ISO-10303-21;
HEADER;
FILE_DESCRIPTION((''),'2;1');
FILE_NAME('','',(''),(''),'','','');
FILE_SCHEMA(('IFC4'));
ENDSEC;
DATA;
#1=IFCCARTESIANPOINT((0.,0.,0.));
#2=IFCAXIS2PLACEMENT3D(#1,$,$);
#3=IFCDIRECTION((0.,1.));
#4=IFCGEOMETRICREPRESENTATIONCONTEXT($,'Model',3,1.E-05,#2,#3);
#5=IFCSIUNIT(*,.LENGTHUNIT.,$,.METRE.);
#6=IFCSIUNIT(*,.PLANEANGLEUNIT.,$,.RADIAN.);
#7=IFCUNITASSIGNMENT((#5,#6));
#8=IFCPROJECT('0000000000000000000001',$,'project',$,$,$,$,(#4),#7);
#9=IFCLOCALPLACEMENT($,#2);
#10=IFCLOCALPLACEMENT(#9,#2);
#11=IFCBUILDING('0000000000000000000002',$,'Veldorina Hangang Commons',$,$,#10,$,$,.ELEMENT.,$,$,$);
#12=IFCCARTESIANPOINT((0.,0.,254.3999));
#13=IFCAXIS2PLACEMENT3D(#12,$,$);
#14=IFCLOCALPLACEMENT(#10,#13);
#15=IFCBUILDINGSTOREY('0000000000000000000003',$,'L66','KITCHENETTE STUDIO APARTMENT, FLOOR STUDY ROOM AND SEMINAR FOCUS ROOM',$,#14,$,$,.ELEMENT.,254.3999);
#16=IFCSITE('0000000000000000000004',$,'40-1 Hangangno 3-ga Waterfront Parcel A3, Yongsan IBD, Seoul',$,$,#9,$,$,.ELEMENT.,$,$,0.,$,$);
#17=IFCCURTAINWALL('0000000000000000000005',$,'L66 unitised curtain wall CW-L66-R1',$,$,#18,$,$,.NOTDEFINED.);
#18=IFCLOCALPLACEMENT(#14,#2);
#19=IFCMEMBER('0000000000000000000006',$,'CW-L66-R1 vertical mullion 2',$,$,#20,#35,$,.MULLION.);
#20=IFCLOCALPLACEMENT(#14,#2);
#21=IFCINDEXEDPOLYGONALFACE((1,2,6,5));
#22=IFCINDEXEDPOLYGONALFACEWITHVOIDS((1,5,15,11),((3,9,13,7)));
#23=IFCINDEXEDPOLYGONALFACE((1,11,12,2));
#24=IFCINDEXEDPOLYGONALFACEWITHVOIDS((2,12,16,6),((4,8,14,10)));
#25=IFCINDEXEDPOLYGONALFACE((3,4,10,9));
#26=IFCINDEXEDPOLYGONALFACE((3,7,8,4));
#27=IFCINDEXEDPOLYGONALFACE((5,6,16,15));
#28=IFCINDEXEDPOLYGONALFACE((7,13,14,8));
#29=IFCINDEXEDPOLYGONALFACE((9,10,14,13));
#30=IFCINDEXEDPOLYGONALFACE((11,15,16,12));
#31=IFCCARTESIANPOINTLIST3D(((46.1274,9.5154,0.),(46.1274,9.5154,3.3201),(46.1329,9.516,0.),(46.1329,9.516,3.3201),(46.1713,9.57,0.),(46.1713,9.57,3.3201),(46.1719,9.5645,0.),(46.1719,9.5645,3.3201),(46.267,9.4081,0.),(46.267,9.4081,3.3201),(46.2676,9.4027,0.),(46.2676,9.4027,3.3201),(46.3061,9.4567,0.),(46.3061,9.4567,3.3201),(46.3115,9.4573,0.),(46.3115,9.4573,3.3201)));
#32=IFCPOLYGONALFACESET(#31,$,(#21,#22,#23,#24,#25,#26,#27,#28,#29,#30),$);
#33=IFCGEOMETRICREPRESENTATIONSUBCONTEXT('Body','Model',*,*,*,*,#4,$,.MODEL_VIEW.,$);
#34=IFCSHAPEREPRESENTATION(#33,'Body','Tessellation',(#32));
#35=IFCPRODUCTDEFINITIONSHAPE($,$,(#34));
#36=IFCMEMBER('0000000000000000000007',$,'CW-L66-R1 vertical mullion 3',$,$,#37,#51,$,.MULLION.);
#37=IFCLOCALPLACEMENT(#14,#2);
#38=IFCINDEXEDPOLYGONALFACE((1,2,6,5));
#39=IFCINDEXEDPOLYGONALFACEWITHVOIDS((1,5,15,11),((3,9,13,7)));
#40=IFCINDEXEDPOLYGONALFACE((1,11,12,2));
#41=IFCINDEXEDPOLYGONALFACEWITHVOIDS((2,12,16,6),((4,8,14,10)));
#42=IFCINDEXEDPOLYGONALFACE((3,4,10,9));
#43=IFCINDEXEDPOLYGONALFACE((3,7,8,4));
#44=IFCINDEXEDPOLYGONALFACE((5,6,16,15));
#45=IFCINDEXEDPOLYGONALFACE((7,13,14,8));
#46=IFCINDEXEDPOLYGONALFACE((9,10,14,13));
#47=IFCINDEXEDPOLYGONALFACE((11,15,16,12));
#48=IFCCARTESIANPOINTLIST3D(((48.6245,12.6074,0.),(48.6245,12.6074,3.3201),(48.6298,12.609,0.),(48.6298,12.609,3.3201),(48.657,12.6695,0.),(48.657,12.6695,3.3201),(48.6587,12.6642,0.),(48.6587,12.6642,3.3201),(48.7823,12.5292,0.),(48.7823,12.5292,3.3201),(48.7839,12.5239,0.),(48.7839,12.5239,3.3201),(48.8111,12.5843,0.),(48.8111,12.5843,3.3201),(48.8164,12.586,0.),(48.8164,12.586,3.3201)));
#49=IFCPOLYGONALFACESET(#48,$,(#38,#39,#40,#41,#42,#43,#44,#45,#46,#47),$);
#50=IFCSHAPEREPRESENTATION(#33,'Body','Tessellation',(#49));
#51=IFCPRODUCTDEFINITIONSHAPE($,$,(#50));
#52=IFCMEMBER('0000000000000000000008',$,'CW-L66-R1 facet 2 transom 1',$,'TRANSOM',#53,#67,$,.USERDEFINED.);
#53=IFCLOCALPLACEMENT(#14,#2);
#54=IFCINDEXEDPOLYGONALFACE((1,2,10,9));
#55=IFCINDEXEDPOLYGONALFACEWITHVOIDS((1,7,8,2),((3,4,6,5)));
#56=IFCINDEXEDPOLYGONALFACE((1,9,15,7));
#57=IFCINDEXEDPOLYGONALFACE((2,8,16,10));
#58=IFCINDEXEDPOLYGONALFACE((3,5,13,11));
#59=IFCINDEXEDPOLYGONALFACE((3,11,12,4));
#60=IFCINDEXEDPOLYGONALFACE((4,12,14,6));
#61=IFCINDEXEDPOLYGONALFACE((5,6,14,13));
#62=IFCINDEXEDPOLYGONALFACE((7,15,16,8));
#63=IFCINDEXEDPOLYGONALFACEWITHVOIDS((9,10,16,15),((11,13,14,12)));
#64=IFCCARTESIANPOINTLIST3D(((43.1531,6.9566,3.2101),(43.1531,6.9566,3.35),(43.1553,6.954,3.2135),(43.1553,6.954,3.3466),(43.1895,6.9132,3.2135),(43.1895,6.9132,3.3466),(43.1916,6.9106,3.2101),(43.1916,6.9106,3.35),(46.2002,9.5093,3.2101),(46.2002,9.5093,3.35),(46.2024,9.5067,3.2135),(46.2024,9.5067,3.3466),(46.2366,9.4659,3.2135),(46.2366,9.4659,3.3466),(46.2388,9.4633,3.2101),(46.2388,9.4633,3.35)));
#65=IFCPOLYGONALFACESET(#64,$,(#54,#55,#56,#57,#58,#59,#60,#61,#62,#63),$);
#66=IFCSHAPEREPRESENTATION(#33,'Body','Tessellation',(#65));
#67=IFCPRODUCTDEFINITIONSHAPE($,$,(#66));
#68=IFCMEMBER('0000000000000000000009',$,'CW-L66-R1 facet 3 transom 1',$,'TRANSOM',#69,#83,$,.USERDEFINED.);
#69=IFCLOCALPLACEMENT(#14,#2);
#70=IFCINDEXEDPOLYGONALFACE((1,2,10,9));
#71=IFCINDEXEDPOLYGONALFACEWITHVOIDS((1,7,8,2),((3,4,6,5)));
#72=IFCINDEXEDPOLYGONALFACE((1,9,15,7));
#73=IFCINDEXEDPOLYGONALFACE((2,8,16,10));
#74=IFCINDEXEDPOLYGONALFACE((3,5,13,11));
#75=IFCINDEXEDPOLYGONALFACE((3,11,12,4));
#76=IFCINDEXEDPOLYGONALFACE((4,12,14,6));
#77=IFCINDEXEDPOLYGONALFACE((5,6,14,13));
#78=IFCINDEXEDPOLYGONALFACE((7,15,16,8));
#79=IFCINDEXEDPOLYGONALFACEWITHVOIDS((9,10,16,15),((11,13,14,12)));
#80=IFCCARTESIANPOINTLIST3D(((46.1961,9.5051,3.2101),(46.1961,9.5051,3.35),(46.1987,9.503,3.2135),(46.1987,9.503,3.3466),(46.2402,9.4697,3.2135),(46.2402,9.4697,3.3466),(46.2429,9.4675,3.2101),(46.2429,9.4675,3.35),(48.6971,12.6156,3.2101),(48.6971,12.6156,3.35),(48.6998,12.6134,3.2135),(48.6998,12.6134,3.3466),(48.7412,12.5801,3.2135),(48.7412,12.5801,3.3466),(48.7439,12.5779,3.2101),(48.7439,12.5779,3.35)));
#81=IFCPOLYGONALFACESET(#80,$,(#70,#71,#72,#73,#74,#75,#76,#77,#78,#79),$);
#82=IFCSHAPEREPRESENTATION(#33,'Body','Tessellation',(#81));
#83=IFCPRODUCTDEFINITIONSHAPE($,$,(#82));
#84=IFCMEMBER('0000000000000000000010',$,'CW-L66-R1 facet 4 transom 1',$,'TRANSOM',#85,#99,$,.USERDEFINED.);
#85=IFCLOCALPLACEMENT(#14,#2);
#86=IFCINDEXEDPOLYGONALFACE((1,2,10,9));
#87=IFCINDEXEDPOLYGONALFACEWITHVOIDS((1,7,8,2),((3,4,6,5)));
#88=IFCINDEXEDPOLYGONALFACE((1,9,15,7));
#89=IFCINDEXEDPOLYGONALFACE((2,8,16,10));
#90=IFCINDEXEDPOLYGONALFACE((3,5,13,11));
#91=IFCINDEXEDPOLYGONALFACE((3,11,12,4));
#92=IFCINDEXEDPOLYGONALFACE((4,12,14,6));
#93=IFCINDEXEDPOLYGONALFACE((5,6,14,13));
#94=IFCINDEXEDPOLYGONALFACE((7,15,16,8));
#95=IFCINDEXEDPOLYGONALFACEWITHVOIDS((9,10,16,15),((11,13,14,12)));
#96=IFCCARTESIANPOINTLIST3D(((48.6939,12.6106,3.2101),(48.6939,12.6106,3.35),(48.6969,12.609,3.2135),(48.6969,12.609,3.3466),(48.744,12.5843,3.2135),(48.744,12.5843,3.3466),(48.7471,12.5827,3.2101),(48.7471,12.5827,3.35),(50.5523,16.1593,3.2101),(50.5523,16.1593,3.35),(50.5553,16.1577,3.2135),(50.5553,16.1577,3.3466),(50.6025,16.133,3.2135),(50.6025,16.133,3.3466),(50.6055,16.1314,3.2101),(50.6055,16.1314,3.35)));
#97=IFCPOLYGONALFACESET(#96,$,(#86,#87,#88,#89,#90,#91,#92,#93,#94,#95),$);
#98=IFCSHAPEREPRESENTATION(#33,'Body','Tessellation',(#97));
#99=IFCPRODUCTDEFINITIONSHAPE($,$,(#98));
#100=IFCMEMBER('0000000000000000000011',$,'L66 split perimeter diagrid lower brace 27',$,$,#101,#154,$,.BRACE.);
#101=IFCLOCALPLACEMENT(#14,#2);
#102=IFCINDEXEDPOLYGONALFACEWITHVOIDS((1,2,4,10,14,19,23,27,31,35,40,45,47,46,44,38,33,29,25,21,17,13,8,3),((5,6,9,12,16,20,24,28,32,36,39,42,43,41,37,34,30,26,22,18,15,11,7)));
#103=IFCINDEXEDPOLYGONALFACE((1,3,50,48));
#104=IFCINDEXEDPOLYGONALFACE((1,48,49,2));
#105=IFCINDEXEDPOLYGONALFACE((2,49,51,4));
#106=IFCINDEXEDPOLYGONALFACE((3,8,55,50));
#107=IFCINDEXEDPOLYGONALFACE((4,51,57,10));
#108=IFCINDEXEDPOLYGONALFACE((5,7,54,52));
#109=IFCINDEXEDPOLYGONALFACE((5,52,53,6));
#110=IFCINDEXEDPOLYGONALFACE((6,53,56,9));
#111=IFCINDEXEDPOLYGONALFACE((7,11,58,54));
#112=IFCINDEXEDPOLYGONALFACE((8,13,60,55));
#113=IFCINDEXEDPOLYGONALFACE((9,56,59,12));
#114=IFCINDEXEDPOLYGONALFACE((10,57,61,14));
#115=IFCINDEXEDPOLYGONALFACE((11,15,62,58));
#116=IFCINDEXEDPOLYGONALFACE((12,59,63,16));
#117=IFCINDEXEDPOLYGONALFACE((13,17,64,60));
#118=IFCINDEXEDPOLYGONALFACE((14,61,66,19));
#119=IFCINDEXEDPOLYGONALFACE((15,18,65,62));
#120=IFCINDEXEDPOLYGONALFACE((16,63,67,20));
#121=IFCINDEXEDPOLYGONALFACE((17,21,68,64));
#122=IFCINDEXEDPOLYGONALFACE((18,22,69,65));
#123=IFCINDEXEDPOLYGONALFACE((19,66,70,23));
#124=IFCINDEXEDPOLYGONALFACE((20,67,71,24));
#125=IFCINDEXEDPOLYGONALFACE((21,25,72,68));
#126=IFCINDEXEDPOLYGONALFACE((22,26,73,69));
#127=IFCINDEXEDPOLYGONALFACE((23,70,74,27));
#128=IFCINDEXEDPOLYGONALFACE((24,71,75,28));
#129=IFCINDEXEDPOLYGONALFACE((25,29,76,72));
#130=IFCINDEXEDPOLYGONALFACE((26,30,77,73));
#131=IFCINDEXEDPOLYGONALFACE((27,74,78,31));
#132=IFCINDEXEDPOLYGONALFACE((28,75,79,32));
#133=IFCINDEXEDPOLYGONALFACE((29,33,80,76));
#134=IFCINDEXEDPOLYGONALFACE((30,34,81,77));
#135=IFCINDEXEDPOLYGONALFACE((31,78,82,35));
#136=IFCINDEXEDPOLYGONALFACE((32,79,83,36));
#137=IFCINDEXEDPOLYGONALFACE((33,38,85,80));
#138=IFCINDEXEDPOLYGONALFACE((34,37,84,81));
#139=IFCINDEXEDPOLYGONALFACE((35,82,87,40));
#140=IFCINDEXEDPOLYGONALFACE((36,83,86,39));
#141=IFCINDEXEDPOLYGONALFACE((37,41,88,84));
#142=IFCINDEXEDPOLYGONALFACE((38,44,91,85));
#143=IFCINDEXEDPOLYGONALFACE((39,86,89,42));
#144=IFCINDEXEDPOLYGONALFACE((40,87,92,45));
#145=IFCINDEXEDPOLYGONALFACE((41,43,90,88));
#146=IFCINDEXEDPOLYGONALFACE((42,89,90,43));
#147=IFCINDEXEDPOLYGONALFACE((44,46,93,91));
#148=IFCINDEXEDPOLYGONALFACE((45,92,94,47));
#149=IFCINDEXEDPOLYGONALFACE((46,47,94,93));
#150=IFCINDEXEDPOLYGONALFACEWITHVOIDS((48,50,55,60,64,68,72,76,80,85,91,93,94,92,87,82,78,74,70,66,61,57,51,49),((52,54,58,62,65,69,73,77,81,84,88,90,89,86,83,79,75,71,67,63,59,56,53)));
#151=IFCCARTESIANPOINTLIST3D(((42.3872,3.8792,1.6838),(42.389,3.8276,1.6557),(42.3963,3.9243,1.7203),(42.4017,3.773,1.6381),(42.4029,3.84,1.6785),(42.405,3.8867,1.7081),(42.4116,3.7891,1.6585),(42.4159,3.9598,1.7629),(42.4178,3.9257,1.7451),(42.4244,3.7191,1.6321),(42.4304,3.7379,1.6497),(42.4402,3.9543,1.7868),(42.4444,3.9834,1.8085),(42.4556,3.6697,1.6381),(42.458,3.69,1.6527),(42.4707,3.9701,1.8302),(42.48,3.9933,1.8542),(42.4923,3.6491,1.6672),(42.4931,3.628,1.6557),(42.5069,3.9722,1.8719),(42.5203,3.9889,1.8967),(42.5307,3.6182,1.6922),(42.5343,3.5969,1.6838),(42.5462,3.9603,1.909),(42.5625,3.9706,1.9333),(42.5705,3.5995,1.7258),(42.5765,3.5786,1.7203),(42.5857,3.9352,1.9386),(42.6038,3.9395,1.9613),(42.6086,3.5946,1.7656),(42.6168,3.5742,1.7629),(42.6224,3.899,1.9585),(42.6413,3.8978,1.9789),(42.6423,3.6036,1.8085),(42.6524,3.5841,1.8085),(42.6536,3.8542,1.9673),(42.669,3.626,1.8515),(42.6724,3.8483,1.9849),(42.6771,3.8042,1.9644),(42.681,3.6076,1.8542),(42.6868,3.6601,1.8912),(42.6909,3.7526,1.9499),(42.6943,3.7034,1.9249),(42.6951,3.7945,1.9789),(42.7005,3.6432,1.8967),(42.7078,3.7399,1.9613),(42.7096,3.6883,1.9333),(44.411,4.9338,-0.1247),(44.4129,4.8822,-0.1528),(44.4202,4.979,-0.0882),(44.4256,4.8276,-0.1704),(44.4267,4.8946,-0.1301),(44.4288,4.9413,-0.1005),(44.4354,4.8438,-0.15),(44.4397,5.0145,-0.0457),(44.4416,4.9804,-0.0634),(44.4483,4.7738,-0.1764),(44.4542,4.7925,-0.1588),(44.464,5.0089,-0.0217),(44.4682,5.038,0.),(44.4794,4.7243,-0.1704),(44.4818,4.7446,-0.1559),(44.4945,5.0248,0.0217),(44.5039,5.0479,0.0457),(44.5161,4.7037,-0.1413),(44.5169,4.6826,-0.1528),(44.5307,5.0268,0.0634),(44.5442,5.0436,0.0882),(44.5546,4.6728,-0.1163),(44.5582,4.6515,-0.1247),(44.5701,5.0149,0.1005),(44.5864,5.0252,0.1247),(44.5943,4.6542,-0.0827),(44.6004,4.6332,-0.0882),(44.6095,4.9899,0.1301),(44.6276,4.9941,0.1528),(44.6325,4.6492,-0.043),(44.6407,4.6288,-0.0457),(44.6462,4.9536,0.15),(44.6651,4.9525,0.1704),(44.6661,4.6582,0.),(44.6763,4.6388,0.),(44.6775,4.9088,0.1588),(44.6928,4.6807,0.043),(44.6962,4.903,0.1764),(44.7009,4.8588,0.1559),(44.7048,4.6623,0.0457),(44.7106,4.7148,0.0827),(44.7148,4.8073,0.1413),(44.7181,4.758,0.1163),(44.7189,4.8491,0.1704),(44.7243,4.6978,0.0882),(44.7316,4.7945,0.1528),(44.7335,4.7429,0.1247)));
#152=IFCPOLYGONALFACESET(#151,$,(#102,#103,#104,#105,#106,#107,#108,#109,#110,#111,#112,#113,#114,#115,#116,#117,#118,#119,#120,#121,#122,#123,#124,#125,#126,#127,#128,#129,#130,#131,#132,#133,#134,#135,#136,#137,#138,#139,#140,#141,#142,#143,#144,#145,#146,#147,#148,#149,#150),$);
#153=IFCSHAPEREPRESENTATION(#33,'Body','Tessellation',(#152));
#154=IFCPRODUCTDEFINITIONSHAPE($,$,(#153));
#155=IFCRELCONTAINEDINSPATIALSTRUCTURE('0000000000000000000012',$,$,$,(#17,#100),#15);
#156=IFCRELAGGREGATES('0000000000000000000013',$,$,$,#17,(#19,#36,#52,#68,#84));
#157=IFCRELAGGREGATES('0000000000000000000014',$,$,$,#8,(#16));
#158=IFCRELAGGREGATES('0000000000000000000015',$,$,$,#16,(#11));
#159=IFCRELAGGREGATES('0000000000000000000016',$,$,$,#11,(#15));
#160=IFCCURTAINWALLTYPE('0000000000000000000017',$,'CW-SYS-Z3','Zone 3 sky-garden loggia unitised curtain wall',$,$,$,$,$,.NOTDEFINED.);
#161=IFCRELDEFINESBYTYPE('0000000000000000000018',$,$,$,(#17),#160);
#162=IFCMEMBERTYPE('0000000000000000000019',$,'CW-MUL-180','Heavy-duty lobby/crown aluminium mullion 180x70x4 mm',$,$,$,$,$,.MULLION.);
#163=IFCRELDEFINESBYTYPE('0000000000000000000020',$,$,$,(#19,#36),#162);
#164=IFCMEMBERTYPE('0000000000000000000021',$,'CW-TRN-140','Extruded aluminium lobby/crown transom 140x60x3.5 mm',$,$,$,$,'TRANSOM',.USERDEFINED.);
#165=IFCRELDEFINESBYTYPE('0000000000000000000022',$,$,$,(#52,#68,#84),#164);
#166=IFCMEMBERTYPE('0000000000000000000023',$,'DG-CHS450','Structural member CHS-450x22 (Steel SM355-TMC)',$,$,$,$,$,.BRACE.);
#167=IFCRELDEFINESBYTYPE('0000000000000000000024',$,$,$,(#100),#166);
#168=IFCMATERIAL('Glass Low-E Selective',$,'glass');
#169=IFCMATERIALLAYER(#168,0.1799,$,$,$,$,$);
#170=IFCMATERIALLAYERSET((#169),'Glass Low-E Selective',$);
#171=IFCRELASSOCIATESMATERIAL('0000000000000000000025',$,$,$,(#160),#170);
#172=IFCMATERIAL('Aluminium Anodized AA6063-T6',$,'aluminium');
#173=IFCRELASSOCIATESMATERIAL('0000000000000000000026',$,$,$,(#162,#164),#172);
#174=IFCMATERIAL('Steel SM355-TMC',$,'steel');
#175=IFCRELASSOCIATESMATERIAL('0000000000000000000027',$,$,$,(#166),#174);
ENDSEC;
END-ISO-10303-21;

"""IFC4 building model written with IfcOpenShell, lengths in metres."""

from ifc_helpers import new_model, si_unit, direction, frame, origin, origin_2d, place, context, subcontext, project, spatial, hollow_rectangle, hollow_circle, extrude, material, layer, layer_set, material_profile, profile_set, type_object, element, aggregate, save


model = new_model("IFC4")

# Units and contexts
model_context = context("Model", 3, precision=1e-05, world=origin(), true_north=direction((0.0, 1.0)))
body_context = subcontext(model_context, "Body", "Model", "MODEL_VIEW")
ifc_project = project(units=[si_unit("LENGTHUNIT", "METRE"), si_unit("PLANEANGLEUNIT", "RADIAN")], contexts=[model_context])

# Site, building, storey
site_placement = place(None, origin())
site = spatial("IfcSite", under=ifc_project, at=site_placement, Name="40-1 Hangangno 3-ga Waterfront Parcel A3, Yongsan IBD, Seoul", CompositionType="ELEMENT", RefElevation=0.0)
building_placement = place(site_placement, origin())
building = spatial("IfcBuilding", under=site, at=building_placement, Name="Veldorina Hangang Commons", CompositionType="ELEMENT")
storey_placement = place(building_placement, frame((0.0, 0.0, 254.3999)))
storey = spatial("IfcBuildingStorey", under=building, at=storey_placement, Name="L66", Description="KITCHENETTE STUDIO APARTMENT, FLOOR STUDY ROOM AND SEMINAR FOCUS ROOM", CompositionType="ELEMENT", Elevation=254.3999)

# Shared definitions
ifc_material_1 = material(Name="Steel SM355-TMC", Category="steel")

# Curtain wall, members
ifc_material_2 = material(Name="Glass Low-E Selective", Category="glass")
ifc_layer_1 = layer(ifc_material_2, 0.1799)
ifc_layer_set_1 = layer_set([ifc_layer_1], Name="Glass Low-E Selective")
curtain_wall_type = type_object("IfcCurtainWallType", Name="CW-SYS-Z3", Description="Zone 3 sky-garden loggia unitised curtain wall", PredefinedType="NOTDEFINED", material=ifc_layer_set_1)
curtain_wall_placement = place(storey_placement, origin())
curtain_wall = element("IfcCurtainWall", 1, at=curtain_wall_placement, inside=storey, type_object=curtain_wall_type, Name="L66 unitised curtain wall CW-L66-R1", PredefinedType="NOTDEFINED")
ifc_material_3 = material(Name="Aluminium Anodized AA6063-T6", Category="aluminium")
ifc_material_profile_1 = material_profile(ifc_material_3, hollow_rectangle(XDim=0.0701, YDim=0.1799, WallThickness=0.0039, at=origin_2d()), Name="ALU-RHS-180x70x4")
ifc_profile_set_1 = profile_set([ifc_material_profile_1], Name="Aluminium Anodized AA6063-T6")
member_type_1 = type_object("IfcMemberType", Name="CW-MUL-180", Description="Heavy-duty lobby/crown aluminium mullion 180x70x4 mm", PredefinedType="MULLION", material=ifc_profile_set_1)
member_1_placement = place(storey_placement, frame((46.2195, 9.4863, 0.0), z_axis=(0.0, 0.0, 1.0), x_axis=(0.626631, 0.779316, 0.0)))
member_1 = element("IfcMember", 2, at=member_1_placement, type_object=member_type_1, Name="CW-L66-R1 vertical mullion 2", PredefinedType="MULLION", context=body_context, shape_type="SweptSolid", body=[
    extrude(hollow_rectangle(XDim=0.0701, YDim=0.1799, WallThickness=0.0039, at=origin_2d()), origin(), (0.0, 0.0, 1.0), 3.3201),
])
member_2_placement = place(storey_placement, frame((48.7205, 12.5967, 0.0), z_axis=(0.0, 0.0, 1.0), x_axis=(0.463915, 0.88588, 0.0)))
member_2 = element("IfcMember", 3, at=member_2_placement, type_object=member_type_1, Name="CW-L66-R1 vertical mullion 3", PredefinedType="MULLION", context=body_context, shape_type="SweptSolid", body=[
    extrude(hollow_rectangle(XDim=0.0701, YDim=0.1799, WallThickness=0.0039, at=origin_2d()), origin(), (0.0, 0.0, 1.0), 3.3201),
])
ifc_material_profile_2 = material_profile(ifc_material_3, hollow_rectangle(XDim=0.0601, YDim=0.1399, WallThickness=0.0034, at=origin_2d()), Name="ALU-RHS-140x60x3.5")
ifc_profile_set_2 = profile_set([ifc_material_profile_2], Name="Aluminium Anodized AA6063-T6")
member_type_2 = type_object("IfcMemberType", Name="CW-TRN-140", Description="Extruded aluminium lobby/crown transom 140x60x3.5 mm", ElementType="TRANSOM", PredefinedType="USERDEFINED", material=ifc_profile_set_2)
member_3_placement = place(storey_placement, frame((43.1724, 6.9336, 3.28), z_axis=(0.766552, 0.642182, 0.0), x_axis=(-0.642182, 0.766552, 0.0)))
member_3 = element("IfcMember", 4, at=member_3_placement, type_object=member_type_2, Name="CW-L66-R1 facet 2 transom 1", ObjectType="TRANSOM", PredefinedType="USERDEFINED", context=body_context, shape_type="SweptSolid", body=[
    extrude(hollow_rectangle(XDim=0.0601, YDim=0.1399, WallThickness=0.0034, at=origin_2d()), origin(), (0.0, 0.0, 1.0), 3.9751),
])
member_4_placement = place(storey_placement, frame((46.2195, 9.4863, 3.28), z_axis=(0.626633, 0.779315, 0.0), x_axis=(-0.779315, 0.626633, 0.0)))
member_4 = element("IfcMember", 5, at=member_4_placement, type_object=member_type_2, Name="CW-L66-R1 facet 3 transom 1", ObjectType="TRANSOM", PredefinedType="USERDEFINED", context=body_context, shape_type="SweptSolid", body=[
    extrude(hollow_rectangle(XDim=0.0601, YDim=0.1399, WallThickness=0.0034, at=origin_2d()), origin(), (0.0, 0.0, 1.0), 3.9912),
])
member_5_placement = place(storey_placement, frame((48.7205, 12.5967, 3.28), z_axis=(0.463932, 0.885871, 0.0), x_axis=(-0.885871, 0.463932, 0.0)))
member_5 = element("IfcMember", 6, at=member_5_placement, type_object=member_type_2, Name="CW-L66-R1 facet 4 transom 1", ObjectType="TRANSOM", PredefinedType="USERDEFINED", context=body_context, shape_type="SweptSolid", body=[
    extrude(hollow_rectangle(XDim=0.0601, YDim=0.1399, WallThickness=0.0034, at=origin_2d()), origin(), (0.0, 0.0, 1.0), 4.0059),
])

# Member
ifc_material_profile_3 = material_profile(ifc_material_1, hollow_circle(Radius=0.2251, WallThickness=0.022, at=origin_2d()), Name="CHS-450x22")
ifc_profile_set_3 = profile_set([ifc_material_profile_3], Name="Steel SM355-TMC")
member_type_3 = type_object("IfcMemberType", Name="DG-CHS450", Description="Structural member CHS-450x22 (Steel SM355-TMC)", PredefinedType="BRACE", material=ifc_profile_set_3)
member_6_placement = place(storey_placement, frame((44.5723, 4.8384, 0.0), z_axis=(-0.695033, -0.362189, 0.621086), x_axis=(0.462127, -0.886814, 0.0)))
element("IfcMember", 7, at=member_6_placement, inside=storey, type_object=member_type_3, Name="L66 split perimeter diagrid lower brace 27", PredefinedType="BRACE", context=body_context, shape_type="SweptSolid", body=[
    extrude(hollow_circle(Radius=0.2251, WallThickness=0.022, at=origin_2d()), origin(), (0.0, 0.0, 1.0), 2.9119),
])

aggregate(curtain_wall, [member_1, member_2, member_3, member_4, member_5])

save(model, "model.ifc")
